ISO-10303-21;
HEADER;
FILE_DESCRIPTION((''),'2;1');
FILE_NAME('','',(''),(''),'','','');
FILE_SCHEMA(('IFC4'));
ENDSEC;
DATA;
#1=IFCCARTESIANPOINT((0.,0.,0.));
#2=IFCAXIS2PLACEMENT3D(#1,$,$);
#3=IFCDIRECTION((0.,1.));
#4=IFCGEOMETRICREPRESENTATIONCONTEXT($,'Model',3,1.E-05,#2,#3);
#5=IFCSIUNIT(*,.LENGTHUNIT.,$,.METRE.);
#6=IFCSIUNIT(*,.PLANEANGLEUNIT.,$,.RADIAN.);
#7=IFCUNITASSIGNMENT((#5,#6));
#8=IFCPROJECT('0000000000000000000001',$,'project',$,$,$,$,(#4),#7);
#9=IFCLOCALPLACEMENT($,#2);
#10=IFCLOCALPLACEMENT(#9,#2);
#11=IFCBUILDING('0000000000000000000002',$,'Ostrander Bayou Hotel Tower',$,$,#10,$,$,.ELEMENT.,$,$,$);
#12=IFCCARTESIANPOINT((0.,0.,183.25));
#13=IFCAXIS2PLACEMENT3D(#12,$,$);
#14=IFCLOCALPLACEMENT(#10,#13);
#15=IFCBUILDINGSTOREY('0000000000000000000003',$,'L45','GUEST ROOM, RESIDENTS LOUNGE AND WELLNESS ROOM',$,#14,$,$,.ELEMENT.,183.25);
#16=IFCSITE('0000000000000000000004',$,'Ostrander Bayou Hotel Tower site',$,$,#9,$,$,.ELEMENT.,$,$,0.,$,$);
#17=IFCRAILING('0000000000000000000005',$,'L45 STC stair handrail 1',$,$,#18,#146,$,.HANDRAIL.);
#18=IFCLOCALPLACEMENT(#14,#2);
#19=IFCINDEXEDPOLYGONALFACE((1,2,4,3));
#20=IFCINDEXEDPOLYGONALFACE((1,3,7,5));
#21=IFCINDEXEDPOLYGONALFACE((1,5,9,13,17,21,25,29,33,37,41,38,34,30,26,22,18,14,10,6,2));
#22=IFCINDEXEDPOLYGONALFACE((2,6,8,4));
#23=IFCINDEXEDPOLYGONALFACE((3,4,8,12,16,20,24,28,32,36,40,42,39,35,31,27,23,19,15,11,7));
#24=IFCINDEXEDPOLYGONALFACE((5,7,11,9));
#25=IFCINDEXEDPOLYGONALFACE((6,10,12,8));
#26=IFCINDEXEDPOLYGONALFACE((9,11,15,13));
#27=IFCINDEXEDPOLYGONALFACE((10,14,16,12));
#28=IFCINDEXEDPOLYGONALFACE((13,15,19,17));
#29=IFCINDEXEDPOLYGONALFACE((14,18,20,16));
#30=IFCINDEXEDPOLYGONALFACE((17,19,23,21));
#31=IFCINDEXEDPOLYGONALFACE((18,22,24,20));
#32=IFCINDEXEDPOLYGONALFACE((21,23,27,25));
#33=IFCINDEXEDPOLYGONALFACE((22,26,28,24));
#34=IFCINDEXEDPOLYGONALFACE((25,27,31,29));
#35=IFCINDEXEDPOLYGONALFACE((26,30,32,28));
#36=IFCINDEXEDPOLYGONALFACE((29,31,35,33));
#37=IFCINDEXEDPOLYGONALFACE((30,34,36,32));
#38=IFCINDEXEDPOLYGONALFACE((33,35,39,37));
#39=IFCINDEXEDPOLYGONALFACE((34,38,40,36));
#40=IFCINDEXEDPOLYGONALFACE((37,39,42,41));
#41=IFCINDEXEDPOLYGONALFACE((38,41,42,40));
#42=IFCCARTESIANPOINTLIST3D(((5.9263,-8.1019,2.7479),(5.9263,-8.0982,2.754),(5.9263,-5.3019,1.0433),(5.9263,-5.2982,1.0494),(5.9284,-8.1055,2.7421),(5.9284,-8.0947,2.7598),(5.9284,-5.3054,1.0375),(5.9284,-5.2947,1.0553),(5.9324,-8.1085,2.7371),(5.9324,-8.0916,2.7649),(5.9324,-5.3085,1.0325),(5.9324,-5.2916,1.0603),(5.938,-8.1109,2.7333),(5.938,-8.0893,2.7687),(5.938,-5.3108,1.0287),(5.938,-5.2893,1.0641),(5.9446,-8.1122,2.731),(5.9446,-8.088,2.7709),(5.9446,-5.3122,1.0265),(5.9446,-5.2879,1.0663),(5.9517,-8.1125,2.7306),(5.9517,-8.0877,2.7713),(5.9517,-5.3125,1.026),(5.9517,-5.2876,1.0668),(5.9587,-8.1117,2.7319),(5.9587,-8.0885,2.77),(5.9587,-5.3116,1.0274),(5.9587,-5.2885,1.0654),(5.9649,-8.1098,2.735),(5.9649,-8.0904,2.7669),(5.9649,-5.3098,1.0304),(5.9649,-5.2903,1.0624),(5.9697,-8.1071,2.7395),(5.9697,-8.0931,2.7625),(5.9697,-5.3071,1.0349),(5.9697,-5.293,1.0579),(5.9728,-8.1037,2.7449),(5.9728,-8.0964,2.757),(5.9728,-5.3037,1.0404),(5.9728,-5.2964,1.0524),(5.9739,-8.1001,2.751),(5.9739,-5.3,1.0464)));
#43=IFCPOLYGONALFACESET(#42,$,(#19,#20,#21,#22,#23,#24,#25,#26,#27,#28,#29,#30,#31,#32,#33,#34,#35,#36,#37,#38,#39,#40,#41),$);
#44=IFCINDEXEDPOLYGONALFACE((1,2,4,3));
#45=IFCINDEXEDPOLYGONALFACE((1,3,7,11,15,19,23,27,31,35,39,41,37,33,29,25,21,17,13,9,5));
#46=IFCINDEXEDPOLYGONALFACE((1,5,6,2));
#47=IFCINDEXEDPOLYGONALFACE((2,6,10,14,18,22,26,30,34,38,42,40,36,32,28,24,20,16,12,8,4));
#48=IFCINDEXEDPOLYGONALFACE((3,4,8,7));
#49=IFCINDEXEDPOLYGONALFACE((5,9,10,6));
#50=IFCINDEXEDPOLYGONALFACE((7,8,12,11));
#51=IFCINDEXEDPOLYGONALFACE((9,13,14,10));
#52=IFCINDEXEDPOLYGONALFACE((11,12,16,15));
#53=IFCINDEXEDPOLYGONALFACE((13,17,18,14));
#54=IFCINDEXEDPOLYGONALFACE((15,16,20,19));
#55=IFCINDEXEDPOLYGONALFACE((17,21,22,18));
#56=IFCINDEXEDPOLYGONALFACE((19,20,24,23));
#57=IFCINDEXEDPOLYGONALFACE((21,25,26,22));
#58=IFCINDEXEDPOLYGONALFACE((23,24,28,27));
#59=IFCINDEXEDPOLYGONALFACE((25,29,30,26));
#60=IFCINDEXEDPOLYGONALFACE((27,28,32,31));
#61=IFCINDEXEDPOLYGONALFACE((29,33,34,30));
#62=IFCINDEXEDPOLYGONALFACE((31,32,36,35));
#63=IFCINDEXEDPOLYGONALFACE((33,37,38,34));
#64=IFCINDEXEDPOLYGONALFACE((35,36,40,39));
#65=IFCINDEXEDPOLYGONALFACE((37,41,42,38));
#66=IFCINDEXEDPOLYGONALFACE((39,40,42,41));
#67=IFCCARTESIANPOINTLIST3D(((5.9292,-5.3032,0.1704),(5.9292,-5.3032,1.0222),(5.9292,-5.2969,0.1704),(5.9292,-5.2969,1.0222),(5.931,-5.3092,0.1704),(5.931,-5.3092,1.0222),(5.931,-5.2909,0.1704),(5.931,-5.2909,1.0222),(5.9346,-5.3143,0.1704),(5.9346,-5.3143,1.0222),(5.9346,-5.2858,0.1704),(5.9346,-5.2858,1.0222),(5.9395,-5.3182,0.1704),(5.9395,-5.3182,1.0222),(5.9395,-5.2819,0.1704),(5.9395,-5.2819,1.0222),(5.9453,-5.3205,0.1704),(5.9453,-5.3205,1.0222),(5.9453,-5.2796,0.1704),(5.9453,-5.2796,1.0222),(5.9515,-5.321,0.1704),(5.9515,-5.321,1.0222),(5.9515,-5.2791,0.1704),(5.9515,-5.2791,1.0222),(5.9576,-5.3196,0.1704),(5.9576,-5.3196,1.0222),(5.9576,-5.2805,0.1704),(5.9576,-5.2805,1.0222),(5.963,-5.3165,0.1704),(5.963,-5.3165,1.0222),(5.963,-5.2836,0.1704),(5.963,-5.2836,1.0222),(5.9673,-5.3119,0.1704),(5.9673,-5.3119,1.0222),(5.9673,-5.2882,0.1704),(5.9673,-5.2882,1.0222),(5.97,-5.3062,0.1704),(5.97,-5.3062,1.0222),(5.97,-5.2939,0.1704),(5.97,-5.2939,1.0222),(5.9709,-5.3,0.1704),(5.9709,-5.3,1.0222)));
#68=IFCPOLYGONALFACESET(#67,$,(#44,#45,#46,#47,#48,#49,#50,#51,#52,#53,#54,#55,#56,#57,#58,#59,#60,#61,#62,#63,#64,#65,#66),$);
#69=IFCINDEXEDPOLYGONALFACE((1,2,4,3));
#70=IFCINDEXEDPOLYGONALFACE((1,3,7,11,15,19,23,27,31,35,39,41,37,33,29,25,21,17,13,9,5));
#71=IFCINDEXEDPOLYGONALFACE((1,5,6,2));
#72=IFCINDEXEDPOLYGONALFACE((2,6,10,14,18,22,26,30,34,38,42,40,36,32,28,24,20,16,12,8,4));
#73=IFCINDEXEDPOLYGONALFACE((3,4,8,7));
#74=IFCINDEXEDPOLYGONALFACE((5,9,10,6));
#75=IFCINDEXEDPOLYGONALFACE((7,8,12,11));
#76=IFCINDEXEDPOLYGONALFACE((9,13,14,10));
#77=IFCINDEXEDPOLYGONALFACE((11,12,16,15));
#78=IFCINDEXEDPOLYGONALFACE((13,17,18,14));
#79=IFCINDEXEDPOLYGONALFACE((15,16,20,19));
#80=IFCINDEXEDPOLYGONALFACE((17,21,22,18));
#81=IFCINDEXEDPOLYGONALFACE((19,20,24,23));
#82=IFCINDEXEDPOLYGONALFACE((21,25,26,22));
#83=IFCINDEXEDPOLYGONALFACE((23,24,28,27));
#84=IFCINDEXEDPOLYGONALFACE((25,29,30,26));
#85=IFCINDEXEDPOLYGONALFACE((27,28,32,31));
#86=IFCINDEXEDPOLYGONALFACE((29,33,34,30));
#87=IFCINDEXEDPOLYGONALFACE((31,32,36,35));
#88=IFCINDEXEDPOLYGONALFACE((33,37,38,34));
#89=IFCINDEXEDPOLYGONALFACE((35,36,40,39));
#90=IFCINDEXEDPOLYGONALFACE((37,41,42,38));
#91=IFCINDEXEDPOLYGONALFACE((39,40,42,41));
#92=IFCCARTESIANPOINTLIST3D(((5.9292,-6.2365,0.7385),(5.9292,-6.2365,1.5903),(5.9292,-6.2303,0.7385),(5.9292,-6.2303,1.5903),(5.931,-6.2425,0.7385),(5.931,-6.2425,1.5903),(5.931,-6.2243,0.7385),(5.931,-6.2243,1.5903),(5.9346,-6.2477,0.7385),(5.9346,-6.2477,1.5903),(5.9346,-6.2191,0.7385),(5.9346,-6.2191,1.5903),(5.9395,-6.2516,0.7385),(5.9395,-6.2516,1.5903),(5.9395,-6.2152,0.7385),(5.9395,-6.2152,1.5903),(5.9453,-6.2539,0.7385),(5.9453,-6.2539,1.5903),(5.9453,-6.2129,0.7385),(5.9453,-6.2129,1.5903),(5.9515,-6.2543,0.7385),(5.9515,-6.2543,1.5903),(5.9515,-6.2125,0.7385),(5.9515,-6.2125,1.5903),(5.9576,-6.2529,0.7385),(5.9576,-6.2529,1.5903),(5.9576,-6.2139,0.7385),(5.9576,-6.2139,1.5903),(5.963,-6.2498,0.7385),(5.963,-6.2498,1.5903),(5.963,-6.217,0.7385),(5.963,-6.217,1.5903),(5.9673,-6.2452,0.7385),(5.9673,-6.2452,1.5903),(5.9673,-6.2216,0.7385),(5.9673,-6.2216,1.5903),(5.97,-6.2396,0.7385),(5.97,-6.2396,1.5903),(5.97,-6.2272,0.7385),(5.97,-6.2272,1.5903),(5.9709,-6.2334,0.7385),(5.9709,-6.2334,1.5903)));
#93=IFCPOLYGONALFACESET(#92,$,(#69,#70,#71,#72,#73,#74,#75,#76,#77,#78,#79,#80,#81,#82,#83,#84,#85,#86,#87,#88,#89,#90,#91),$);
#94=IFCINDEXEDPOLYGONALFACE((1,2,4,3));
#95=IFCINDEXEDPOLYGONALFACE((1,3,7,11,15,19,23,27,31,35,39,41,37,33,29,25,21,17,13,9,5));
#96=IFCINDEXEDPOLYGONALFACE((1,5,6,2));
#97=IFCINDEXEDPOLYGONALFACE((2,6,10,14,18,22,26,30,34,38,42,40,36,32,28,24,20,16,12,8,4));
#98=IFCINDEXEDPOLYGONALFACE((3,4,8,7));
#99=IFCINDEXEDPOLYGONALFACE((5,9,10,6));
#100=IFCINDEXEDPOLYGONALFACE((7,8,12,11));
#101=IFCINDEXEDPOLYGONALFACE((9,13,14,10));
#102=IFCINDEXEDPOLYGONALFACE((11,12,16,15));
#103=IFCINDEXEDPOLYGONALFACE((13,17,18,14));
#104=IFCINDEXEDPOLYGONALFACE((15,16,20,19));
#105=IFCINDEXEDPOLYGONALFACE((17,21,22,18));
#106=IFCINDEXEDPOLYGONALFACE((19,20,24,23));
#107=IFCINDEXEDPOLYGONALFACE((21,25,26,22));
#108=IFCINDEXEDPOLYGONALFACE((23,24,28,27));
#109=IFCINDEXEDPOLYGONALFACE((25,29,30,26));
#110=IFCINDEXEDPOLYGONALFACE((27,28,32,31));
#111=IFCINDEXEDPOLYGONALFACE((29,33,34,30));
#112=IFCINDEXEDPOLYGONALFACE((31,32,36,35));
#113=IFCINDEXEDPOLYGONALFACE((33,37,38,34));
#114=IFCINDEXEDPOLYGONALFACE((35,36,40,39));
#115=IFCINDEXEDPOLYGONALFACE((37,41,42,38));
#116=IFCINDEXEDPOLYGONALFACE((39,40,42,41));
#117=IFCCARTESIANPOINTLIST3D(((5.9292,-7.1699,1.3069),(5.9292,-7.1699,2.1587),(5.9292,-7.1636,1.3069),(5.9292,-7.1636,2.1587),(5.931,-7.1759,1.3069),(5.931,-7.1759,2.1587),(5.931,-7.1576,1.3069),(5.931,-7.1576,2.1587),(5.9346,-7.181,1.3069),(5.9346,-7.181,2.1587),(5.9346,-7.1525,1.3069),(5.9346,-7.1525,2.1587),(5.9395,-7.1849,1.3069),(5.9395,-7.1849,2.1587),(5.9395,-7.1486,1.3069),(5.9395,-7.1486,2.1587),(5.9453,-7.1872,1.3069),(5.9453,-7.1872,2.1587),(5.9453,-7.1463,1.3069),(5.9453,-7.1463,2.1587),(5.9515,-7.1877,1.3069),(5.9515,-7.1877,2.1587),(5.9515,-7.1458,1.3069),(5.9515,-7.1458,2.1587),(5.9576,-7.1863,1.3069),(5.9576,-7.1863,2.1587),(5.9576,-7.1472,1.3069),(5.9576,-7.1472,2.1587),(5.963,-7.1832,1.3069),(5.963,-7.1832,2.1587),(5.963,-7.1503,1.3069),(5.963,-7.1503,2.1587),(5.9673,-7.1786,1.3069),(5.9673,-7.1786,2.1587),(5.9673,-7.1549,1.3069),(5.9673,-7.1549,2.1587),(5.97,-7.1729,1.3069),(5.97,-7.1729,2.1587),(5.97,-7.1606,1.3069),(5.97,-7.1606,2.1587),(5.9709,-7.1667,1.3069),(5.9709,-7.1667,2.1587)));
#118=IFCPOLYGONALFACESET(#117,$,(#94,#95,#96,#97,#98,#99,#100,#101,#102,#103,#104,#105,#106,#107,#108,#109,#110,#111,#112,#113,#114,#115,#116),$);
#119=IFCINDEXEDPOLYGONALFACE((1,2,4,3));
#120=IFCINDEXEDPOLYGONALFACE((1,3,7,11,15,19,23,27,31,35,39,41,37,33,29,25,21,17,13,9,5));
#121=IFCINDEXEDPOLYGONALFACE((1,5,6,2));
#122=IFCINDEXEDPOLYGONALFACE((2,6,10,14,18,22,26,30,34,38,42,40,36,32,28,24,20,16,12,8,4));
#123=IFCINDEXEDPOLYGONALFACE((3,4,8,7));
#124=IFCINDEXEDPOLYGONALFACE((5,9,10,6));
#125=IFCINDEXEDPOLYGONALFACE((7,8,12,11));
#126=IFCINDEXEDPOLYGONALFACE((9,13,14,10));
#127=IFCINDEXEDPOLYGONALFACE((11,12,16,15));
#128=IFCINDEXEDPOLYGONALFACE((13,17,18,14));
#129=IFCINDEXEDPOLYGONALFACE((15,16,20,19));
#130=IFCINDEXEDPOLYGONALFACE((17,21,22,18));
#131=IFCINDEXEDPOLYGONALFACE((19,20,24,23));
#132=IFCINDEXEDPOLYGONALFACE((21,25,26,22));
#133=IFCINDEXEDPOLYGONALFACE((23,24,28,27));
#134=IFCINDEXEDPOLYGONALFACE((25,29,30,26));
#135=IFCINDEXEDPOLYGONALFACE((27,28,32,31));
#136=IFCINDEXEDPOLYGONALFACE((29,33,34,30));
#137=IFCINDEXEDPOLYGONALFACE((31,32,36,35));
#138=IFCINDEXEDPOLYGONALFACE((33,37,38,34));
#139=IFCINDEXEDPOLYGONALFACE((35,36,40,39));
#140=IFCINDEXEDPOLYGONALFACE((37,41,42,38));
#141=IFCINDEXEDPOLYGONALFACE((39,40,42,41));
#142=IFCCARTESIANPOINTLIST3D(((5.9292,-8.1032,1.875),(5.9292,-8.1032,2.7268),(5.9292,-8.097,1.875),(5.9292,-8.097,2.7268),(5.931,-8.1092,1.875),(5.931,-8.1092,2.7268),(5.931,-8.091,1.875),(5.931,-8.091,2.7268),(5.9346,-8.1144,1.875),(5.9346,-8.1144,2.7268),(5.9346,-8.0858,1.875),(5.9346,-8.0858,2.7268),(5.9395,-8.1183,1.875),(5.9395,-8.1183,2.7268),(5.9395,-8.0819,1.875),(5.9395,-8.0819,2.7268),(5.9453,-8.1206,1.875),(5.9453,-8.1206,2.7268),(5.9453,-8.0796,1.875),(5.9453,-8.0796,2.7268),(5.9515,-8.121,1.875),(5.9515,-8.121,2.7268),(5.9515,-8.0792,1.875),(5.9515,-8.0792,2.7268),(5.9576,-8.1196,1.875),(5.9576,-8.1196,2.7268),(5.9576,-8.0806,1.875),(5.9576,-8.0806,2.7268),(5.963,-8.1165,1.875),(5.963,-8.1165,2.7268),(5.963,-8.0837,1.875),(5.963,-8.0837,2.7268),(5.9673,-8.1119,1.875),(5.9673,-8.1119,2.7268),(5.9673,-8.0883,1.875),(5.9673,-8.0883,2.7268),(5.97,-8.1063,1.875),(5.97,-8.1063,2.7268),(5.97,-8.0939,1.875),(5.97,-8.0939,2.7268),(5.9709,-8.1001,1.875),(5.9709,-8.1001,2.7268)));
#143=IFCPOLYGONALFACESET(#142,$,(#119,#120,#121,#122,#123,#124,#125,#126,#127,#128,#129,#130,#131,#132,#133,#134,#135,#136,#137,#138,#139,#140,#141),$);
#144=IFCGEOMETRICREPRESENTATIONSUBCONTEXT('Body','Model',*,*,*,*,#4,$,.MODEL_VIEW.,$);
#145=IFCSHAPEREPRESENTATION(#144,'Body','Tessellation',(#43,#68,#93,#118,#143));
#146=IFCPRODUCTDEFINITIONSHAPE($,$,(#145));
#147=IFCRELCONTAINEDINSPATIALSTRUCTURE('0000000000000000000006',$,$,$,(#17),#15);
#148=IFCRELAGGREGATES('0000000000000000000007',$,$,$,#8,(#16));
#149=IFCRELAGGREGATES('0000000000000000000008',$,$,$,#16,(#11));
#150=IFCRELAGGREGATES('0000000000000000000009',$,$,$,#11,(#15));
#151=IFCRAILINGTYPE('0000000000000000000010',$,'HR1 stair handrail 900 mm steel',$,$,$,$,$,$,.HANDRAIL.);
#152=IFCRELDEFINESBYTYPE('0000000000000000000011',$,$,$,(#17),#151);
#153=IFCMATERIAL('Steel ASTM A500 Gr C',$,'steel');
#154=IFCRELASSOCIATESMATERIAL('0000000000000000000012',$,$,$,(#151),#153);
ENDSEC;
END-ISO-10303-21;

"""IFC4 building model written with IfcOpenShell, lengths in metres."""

from ifc_helpers import new_model, si_unit, direction, frame, origin, origin_2d, place, context, subcontext, project, spatial, circle, extrude, material, type_object, element, save


model = new_model("IFC4")

# Units and contexts
model_context = context("Model", 3, precision=1e-05, world=origin(), true_north=direction((0.0, 1.0)))
body_context = subcontext(model_context, "Body", "Model", "MODEL_VIEW")
ifc_project = project(units=[si_unit("LENGTHUNIT", "METRE"), si_unit("PLANEANGLEUNIT", "RADIAN")], contexts=[model_context])

# Site, building, storey
site_placement = place(None, origin())
site = spatial("IfcSite", under=ifc_project, at=site_placement, Name="Ostrander Bayou Hotel Tower site", CompositionType="ELEMENT", RefElevation=0.0)
building_placement = place(site_placement, origin())
building = spatial("IfcBuilding", under=site, at=building_placement, Name="Ostrander Bayou Hotel Tower", CompositionType="ELEMENT")
storey_placement = place(building_placement, frame((0.0, 0.0, 183.25)))
storey = spatial("IfcBuildingStorey", under=building, at=storey_placement, Name="L45", Description="GUEST ROOM, RESIDENTS LOUNGE AND WELLNESS ROOM", CompositionType="ELEMENT", Elevation=183.25)

# Railing
ifc_material_1 = material(Name="Steel ASTM A500 Gr C", Category="steel")
railing_type_1 = type_object("IfcRailingType", Name="HR1 stair handrail 900 mm steel", PredefinedType="HANDRAIL", material=ifc_material_1)
railing_1_placement = place(storey_placement, frame((5.95, -5.3, 0.1704)))
element("IfcRailing", 1, at=railing_1_placement, inside=storey, type_object=railing_type_1, Name="L45 STC stair handrail 1", PredefinedType="HANDRAIL", context=body_context, shape_type="SweptSolid", body=[
    extrude(circle(Radius=0.0239, at=origin_2d()), frame((0.0, 0.0, 0.876), z_axis=(0.0, -0.85417, 0.519994), x_axis=(1.0, 0.0, 0.0)), (0.0, 0.0, 1.0), 3.2781),
    extrude(circle(Radius=0.021, at=origin_2d()), origin(), (0.0, 0.0, 1.0), 0.8518),
    extrude(circle(Radius=0.021, at=origin_2d()), frame((0.0, -0.9333, 0.5681)), (0.0, 0.0, 1.0), 0.8518),
    extrude(circle(Radius=0.021, at=origin_2d()), frame((0.0, -1.8667, 1.1365)), (0.0, 0.0, 1.0), 0.8518),
    extrude(circle(Radius=0.021, at=origin_2d()), frame((0.0, -2.8, 1.7046)), (0.0, 0.0, 1.0), 0.8518),
])

save(model, "model.ifc")
